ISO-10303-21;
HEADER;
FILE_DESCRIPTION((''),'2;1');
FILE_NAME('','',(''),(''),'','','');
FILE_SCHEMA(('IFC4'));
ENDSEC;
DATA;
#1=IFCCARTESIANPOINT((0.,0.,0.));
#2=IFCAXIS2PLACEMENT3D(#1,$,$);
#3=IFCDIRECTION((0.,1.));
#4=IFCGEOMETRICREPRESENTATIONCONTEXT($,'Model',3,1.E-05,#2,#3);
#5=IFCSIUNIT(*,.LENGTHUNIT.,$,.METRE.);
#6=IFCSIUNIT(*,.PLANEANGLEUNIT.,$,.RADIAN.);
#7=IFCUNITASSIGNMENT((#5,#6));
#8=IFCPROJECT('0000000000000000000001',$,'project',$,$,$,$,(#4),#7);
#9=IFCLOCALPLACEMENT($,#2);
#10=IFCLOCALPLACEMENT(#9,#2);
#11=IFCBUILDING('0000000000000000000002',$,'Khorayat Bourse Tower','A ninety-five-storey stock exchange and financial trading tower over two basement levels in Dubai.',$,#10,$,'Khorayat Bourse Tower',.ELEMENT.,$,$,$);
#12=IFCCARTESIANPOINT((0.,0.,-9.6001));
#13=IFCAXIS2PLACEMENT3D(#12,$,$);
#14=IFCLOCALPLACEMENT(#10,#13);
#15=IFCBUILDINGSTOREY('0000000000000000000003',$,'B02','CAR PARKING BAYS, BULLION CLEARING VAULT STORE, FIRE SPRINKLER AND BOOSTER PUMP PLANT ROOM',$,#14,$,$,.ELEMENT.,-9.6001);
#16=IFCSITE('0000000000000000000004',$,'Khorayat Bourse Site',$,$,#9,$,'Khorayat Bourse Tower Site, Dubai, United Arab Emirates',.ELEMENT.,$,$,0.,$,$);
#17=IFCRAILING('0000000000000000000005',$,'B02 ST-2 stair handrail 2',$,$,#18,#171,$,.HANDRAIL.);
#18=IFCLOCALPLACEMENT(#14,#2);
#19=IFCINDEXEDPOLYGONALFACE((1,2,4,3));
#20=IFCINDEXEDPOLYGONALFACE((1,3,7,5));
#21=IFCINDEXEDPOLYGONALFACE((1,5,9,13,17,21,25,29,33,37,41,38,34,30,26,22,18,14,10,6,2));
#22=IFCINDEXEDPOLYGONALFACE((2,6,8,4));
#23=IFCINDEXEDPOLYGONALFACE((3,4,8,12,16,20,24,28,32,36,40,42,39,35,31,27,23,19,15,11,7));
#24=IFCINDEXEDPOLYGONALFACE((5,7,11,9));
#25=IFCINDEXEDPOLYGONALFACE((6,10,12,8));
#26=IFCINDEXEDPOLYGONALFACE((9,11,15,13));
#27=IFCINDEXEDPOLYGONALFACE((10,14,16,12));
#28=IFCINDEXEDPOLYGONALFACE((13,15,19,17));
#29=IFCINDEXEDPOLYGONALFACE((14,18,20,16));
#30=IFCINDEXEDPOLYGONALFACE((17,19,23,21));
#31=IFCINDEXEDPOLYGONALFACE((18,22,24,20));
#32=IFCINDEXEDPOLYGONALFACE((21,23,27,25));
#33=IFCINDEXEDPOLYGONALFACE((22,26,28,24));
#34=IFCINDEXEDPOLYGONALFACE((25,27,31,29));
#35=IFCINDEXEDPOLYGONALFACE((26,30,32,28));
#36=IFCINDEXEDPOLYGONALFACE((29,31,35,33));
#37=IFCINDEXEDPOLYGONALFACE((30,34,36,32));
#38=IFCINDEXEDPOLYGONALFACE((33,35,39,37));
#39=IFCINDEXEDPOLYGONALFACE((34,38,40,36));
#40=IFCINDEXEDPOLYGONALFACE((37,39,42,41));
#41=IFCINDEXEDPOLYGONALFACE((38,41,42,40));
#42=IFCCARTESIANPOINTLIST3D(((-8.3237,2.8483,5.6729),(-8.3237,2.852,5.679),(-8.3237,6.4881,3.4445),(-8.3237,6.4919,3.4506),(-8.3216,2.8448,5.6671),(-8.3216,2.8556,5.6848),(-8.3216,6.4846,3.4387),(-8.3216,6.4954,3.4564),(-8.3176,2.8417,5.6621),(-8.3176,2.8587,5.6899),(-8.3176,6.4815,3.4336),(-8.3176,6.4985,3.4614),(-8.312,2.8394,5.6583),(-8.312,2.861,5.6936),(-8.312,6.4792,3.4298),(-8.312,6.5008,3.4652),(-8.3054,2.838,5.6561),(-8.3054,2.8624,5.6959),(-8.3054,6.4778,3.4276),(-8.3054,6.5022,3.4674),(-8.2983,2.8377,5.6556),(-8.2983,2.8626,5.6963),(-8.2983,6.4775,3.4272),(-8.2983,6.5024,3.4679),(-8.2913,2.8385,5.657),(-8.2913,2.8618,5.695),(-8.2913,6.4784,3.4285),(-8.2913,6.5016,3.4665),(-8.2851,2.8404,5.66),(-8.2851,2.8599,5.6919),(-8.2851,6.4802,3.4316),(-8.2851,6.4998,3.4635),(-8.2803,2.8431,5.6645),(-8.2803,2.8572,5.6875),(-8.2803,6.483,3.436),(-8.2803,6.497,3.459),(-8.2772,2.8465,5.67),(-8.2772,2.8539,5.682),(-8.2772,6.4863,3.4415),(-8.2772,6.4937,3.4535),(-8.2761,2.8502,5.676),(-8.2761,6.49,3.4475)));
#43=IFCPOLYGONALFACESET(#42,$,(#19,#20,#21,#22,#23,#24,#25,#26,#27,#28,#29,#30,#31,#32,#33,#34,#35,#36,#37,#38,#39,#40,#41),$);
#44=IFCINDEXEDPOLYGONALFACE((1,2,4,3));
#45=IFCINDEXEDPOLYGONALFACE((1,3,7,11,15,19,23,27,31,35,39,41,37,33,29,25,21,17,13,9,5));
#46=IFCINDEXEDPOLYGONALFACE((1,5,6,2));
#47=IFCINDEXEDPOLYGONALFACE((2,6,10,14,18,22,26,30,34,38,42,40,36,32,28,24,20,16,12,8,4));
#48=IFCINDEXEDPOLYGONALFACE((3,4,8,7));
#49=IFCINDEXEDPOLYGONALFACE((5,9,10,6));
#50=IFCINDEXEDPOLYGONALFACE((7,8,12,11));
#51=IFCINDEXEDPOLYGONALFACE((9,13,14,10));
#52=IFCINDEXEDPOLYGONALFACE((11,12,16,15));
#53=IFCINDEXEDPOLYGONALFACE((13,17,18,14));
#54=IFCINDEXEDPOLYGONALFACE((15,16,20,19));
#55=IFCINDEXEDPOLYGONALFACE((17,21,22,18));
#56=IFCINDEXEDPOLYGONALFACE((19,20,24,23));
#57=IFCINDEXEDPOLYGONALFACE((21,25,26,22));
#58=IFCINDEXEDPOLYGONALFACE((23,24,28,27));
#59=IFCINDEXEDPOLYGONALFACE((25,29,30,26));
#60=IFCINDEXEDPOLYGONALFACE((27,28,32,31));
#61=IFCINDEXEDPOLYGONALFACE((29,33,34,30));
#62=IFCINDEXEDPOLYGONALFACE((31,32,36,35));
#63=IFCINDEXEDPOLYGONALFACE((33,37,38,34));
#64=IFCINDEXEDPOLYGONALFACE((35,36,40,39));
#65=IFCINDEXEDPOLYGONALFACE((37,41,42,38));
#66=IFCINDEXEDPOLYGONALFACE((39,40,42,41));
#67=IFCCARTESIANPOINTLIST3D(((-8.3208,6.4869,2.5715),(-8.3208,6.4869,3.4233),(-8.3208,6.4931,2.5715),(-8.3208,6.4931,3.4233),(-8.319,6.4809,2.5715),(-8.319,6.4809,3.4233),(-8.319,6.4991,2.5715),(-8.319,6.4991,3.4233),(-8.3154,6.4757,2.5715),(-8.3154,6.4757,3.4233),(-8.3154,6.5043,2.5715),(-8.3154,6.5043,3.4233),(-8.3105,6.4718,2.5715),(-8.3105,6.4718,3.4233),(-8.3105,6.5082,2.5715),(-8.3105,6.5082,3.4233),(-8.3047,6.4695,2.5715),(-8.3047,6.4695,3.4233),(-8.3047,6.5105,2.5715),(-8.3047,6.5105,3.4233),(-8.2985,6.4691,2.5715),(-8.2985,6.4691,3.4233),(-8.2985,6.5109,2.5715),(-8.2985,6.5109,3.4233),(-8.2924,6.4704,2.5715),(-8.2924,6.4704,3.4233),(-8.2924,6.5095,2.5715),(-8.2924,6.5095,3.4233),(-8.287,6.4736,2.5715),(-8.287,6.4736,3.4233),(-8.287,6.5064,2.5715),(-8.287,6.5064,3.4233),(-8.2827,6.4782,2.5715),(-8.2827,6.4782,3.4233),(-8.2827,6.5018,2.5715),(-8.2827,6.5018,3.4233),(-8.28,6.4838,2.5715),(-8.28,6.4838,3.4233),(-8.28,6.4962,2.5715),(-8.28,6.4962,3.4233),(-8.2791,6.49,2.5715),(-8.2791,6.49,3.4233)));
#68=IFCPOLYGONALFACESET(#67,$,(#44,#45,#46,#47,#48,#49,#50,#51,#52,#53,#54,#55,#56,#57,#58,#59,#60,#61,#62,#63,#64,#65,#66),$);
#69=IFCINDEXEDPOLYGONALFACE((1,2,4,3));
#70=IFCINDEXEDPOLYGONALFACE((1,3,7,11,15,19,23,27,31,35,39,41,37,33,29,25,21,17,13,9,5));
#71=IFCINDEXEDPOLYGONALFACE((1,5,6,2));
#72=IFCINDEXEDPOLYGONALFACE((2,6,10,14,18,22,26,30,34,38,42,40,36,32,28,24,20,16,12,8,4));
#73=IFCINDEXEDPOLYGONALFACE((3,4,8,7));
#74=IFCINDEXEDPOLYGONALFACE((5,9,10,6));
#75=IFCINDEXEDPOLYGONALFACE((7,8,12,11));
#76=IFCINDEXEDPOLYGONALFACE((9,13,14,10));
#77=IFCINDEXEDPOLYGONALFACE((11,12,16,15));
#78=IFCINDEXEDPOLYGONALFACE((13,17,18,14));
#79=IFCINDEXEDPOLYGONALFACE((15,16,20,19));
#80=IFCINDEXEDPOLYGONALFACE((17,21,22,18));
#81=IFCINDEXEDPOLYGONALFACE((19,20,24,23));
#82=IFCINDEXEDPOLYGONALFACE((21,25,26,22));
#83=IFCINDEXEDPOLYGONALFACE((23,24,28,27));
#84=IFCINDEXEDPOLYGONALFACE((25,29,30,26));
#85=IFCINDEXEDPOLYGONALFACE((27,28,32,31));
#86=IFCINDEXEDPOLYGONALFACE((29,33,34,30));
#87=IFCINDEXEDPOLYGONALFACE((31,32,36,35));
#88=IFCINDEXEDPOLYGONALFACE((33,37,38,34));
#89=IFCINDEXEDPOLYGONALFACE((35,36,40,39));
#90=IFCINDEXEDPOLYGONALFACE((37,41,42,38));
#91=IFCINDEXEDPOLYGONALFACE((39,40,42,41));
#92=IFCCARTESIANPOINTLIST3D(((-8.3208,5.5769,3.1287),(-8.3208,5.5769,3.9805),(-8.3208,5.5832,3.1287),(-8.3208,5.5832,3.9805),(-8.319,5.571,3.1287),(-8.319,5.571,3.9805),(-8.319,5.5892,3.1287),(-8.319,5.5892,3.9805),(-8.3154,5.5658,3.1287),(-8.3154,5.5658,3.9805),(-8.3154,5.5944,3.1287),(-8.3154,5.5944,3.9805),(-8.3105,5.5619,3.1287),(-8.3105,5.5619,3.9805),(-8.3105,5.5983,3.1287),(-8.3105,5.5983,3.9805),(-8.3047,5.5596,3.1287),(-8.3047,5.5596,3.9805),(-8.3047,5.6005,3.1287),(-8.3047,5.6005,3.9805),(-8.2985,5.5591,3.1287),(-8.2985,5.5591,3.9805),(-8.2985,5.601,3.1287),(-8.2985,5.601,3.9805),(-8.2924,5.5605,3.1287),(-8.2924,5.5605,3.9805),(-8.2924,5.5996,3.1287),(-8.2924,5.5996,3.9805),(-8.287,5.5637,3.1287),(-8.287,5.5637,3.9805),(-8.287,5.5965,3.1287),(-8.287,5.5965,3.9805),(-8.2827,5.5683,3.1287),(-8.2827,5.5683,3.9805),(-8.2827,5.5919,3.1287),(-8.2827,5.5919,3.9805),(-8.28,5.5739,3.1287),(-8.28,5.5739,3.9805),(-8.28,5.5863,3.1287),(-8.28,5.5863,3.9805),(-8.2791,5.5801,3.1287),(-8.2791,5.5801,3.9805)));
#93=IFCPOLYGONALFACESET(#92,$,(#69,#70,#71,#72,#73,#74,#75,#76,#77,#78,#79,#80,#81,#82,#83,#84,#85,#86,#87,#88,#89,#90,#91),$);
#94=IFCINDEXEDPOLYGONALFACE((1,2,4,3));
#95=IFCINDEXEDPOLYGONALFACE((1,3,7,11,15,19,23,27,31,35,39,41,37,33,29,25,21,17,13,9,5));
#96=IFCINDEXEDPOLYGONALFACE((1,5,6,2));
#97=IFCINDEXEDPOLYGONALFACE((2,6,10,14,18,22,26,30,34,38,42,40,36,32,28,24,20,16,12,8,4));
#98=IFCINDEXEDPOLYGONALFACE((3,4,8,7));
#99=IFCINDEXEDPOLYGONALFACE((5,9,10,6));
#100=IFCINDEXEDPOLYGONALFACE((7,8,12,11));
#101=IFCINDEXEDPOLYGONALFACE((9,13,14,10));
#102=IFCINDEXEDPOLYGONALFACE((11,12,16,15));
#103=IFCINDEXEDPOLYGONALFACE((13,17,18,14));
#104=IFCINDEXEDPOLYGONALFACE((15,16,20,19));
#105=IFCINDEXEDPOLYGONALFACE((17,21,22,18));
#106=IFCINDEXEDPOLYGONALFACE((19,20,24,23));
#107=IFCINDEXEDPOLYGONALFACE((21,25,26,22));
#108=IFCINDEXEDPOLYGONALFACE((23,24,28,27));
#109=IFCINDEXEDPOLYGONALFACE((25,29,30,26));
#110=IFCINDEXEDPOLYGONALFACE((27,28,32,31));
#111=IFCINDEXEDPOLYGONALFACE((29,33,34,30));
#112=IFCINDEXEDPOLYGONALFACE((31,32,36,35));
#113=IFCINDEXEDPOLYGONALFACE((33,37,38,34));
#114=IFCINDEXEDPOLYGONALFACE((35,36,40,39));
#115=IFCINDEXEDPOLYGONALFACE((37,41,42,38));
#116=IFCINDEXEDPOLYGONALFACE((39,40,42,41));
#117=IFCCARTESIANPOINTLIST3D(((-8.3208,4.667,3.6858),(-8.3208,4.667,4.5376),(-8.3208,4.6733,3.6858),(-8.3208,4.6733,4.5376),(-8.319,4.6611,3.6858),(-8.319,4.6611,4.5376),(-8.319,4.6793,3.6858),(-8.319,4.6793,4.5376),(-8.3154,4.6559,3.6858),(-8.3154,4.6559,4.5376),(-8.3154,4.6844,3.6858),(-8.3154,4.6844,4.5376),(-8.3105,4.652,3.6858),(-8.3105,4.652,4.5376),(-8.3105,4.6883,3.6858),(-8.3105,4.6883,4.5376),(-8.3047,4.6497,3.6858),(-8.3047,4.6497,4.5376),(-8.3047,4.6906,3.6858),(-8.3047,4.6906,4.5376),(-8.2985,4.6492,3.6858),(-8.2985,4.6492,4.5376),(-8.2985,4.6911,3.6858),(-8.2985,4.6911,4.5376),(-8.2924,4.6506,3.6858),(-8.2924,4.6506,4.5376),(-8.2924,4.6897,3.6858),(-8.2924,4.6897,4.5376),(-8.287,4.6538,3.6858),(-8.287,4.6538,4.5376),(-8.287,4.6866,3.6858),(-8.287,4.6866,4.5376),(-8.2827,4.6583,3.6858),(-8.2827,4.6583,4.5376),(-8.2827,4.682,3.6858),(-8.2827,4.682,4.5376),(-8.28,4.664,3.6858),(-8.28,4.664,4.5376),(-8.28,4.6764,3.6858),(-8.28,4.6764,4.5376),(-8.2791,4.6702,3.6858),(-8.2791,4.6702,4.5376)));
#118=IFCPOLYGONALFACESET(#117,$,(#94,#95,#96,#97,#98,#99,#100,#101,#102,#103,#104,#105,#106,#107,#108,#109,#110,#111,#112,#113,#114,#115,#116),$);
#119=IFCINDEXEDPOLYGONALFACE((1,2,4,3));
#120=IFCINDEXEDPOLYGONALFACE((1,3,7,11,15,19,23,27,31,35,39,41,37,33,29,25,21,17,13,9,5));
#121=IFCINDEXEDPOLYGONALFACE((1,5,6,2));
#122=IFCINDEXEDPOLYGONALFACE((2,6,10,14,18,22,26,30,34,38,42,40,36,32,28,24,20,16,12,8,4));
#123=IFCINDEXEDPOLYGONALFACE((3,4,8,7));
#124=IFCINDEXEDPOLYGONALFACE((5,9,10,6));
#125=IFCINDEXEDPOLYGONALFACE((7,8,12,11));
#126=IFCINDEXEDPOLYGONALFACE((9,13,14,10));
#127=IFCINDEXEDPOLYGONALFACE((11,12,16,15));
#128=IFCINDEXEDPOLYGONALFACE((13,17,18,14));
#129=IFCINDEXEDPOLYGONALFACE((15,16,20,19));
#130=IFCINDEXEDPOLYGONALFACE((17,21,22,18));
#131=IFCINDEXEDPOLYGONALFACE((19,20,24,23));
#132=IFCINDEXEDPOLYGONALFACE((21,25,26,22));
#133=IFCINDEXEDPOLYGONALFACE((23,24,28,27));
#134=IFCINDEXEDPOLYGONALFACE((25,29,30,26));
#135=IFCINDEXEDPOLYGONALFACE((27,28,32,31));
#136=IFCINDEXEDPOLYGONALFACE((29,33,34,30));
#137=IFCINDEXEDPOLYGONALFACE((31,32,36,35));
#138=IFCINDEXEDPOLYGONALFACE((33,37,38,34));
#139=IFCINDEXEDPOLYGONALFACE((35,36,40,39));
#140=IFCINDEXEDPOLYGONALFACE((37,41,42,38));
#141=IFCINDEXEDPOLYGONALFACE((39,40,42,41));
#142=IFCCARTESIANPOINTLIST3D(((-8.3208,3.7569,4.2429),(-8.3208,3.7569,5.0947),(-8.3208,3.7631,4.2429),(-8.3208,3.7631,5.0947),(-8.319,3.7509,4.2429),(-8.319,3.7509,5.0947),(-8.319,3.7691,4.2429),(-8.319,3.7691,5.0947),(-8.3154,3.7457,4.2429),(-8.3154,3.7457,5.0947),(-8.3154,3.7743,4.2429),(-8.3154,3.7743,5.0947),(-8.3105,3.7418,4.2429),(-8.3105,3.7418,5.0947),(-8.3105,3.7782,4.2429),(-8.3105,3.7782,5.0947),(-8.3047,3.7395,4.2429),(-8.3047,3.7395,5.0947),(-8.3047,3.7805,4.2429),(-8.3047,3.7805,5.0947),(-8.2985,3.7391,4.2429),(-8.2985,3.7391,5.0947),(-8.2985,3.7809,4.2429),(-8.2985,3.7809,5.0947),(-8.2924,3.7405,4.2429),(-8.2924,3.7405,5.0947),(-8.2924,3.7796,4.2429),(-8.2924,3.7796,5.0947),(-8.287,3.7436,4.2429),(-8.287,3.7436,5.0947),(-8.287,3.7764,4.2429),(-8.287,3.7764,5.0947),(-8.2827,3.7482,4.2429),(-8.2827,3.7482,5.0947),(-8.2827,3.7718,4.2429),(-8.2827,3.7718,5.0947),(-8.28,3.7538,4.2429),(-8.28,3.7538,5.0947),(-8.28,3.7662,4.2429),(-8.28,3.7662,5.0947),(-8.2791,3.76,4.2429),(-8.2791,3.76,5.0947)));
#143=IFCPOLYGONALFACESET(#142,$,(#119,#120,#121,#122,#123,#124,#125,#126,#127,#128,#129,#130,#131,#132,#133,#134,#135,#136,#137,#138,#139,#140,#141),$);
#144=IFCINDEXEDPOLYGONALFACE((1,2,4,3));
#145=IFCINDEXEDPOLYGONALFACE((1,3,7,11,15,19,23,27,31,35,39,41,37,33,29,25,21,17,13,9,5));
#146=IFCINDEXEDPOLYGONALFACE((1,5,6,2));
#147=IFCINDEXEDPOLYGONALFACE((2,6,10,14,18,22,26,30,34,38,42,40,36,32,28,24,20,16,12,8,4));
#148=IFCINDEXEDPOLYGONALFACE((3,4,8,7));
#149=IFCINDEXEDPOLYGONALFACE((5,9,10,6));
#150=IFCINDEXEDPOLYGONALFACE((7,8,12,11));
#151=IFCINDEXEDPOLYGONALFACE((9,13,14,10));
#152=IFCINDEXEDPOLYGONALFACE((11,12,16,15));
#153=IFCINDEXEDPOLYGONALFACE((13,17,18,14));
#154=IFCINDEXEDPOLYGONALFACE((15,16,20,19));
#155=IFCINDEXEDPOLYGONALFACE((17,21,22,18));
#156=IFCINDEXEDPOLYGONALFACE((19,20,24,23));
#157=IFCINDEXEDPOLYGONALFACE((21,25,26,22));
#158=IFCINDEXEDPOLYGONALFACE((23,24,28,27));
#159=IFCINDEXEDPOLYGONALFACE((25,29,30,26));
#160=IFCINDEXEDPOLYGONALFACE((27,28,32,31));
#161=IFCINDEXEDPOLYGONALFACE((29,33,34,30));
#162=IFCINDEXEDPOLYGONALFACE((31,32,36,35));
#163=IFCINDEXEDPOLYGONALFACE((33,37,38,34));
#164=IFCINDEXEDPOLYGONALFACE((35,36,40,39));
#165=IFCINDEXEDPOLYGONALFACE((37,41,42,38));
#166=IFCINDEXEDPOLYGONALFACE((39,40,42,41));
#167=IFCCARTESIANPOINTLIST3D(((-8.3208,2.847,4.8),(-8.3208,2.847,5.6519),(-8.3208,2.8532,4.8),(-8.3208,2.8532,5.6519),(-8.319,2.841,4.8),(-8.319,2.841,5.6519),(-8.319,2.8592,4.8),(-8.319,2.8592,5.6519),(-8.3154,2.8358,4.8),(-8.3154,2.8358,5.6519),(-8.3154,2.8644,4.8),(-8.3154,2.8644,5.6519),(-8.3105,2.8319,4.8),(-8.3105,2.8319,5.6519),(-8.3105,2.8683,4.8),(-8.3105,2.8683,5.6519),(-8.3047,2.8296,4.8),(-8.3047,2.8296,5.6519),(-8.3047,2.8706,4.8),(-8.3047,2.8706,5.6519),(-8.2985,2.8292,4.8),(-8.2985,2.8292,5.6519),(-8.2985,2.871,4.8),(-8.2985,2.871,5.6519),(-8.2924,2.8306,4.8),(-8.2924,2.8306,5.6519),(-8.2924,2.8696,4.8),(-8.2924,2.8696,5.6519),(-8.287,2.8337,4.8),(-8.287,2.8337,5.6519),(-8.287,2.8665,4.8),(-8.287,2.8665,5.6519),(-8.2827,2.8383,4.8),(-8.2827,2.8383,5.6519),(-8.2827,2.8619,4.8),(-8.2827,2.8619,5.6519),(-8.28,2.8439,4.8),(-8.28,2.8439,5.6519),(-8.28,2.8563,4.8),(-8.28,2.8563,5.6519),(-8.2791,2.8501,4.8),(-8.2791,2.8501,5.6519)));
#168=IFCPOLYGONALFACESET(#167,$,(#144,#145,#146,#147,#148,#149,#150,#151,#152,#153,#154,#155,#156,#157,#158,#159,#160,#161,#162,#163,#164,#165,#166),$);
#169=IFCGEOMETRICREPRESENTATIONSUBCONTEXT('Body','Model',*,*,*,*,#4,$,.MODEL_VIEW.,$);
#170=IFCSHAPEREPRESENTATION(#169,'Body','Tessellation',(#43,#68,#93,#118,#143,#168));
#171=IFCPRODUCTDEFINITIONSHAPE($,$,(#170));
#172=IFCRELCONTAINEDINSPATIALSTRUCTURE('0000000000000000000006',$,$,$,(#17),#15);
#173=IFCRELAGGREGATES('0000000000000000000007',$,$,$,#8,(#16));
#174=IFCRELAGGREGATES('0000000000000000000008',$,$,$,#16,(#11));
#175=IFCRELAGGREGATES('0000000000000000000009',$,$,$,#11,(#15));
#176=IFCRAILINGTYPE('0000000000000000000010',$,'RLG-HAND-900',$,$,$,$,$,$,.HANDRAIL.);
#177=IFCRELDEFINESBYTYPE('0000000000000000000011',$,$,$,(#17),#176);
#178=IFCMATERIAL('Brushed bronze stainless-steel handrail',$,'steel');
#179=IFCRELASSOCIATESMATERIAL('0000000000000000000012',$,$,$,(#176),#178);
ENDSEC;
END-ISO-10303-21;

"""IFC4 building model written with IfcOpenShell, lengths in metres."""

from ifc_helpers import new_model, si_unit, direction, frame, origin, origin_2d, place, context, subcontext, project, spatial, circle, extrude, source, transform, mapped, material, type_object, element, save


model = new_model("IFC4")

# Units and contexts
model_context = context("Model", 3, precision=1e-05, world=origin(), true_north=direction((0.0, 1.0)))
body_context = subcontext(model_context, "Body", "Model", "MODEL_VIEW")
ifc_project = project(units=[si_unit("LENGTHUNIT", "METRE"), si_unit("PLANEANGLEUNIT", "RADIAN")], contexts=[model_context])

# Site, building, storey
site_placement = place(None, origin())
site = spatial("IfcSite", under=ifc_project, at=site_placement, Name="Khorayat Bourse Site", LongName="Khorayat Bourse Tower Site, Dubai, United Arab Emirates", CompositionType="ELEMENT", RefElevation=0.0)
building_placement = place(site_placement, origin())
building = spatial("IfcBuilding", under=site, at=building_placement, Name="Khorayat Bourse Tower", Description="A ninety-five-storey stock exchange and financial trading tower over two basement levels in Dubai.", LongName="Khorayat Bourse Tower", CompositionType="ELEMENT")
storey_placement = place(building_placement, frame((0.0, 0.0, -9.6001)))
storey = spatial("IfcBuildingStorey", under=building, at=storey_placement, Name="B02", Description="CAR PARKING BAYS, BULLION CLEARING VAULT STORE, FIRE SPRINKLER AND BOOSTER PUMP PLANT ROOM", CompositionType="ELEMENT", Elevation=-9.6001)

# Railing
ifc_material_1 = material(Name="Brushed bronze stainless-steel handrail", Category="steel")
railing_type_1 = type_object("IfcRailingType", Name="RLG-HAND-900", PredefinedType="HANDRAIL", material=ifc_material_1)
shared_shape_1 = source(origin(), body_context, "Body", "SweptSolid", [
    extrude(circle(Radius=0.0239, at=origin_2d()), frame((0.0, 0.0, 0.876), z_axis=(0.0, -0.85285, 0.522156), x_axis=(1.0, 0.0, 0.0)), (0.0, 0.0, 1.0), 4.2678),
    extrude(circle(Radius=0.021, at=origin_2d()), origin(), (0.0, 0.0, 1.0), 0.8518),
    extrude(circle(Radius=0.021, at=origin_2d()), frame((0.0, -0.9099, 0.5571)), (0.0, 0.0, 1.0), 0.8518),
    extrude(circle(Radius=0.021, at=origin_2d()), frame((0.0, -1.8198, 1.1143)), (0.0, 0.0, 1.0), 0.8518),
    extrude(circle(Radius=0.021, at=origin_2d()), frame((0.0, -2.73, 1.6714)), (0.0, 0.0, 1.0), 0.8518),
    extrude(circle(Radius=0.021, at=origin_2d()), frame((0.0, -3.6399, 2.2285)), (0.0, 0.0, 1.0), 0.8518),
])
railing_1_placement = place(storey_placement, frame((-8.3, 6.49, 2.5715)))
element("IfcRailing", 1, at=railing_1_placement, inside=storey, type_object=railing_type_1, Name="B02 ST-2 stair handrail 2", PredefinedType="HANDRAIL", context=body_context, shape_type="MappedRepresentation", body=[
    mapped(shared_shape_1, transform((0.0, 0.0, 0.0), scale=1.0)),
])

save(model, "model.ifc")
